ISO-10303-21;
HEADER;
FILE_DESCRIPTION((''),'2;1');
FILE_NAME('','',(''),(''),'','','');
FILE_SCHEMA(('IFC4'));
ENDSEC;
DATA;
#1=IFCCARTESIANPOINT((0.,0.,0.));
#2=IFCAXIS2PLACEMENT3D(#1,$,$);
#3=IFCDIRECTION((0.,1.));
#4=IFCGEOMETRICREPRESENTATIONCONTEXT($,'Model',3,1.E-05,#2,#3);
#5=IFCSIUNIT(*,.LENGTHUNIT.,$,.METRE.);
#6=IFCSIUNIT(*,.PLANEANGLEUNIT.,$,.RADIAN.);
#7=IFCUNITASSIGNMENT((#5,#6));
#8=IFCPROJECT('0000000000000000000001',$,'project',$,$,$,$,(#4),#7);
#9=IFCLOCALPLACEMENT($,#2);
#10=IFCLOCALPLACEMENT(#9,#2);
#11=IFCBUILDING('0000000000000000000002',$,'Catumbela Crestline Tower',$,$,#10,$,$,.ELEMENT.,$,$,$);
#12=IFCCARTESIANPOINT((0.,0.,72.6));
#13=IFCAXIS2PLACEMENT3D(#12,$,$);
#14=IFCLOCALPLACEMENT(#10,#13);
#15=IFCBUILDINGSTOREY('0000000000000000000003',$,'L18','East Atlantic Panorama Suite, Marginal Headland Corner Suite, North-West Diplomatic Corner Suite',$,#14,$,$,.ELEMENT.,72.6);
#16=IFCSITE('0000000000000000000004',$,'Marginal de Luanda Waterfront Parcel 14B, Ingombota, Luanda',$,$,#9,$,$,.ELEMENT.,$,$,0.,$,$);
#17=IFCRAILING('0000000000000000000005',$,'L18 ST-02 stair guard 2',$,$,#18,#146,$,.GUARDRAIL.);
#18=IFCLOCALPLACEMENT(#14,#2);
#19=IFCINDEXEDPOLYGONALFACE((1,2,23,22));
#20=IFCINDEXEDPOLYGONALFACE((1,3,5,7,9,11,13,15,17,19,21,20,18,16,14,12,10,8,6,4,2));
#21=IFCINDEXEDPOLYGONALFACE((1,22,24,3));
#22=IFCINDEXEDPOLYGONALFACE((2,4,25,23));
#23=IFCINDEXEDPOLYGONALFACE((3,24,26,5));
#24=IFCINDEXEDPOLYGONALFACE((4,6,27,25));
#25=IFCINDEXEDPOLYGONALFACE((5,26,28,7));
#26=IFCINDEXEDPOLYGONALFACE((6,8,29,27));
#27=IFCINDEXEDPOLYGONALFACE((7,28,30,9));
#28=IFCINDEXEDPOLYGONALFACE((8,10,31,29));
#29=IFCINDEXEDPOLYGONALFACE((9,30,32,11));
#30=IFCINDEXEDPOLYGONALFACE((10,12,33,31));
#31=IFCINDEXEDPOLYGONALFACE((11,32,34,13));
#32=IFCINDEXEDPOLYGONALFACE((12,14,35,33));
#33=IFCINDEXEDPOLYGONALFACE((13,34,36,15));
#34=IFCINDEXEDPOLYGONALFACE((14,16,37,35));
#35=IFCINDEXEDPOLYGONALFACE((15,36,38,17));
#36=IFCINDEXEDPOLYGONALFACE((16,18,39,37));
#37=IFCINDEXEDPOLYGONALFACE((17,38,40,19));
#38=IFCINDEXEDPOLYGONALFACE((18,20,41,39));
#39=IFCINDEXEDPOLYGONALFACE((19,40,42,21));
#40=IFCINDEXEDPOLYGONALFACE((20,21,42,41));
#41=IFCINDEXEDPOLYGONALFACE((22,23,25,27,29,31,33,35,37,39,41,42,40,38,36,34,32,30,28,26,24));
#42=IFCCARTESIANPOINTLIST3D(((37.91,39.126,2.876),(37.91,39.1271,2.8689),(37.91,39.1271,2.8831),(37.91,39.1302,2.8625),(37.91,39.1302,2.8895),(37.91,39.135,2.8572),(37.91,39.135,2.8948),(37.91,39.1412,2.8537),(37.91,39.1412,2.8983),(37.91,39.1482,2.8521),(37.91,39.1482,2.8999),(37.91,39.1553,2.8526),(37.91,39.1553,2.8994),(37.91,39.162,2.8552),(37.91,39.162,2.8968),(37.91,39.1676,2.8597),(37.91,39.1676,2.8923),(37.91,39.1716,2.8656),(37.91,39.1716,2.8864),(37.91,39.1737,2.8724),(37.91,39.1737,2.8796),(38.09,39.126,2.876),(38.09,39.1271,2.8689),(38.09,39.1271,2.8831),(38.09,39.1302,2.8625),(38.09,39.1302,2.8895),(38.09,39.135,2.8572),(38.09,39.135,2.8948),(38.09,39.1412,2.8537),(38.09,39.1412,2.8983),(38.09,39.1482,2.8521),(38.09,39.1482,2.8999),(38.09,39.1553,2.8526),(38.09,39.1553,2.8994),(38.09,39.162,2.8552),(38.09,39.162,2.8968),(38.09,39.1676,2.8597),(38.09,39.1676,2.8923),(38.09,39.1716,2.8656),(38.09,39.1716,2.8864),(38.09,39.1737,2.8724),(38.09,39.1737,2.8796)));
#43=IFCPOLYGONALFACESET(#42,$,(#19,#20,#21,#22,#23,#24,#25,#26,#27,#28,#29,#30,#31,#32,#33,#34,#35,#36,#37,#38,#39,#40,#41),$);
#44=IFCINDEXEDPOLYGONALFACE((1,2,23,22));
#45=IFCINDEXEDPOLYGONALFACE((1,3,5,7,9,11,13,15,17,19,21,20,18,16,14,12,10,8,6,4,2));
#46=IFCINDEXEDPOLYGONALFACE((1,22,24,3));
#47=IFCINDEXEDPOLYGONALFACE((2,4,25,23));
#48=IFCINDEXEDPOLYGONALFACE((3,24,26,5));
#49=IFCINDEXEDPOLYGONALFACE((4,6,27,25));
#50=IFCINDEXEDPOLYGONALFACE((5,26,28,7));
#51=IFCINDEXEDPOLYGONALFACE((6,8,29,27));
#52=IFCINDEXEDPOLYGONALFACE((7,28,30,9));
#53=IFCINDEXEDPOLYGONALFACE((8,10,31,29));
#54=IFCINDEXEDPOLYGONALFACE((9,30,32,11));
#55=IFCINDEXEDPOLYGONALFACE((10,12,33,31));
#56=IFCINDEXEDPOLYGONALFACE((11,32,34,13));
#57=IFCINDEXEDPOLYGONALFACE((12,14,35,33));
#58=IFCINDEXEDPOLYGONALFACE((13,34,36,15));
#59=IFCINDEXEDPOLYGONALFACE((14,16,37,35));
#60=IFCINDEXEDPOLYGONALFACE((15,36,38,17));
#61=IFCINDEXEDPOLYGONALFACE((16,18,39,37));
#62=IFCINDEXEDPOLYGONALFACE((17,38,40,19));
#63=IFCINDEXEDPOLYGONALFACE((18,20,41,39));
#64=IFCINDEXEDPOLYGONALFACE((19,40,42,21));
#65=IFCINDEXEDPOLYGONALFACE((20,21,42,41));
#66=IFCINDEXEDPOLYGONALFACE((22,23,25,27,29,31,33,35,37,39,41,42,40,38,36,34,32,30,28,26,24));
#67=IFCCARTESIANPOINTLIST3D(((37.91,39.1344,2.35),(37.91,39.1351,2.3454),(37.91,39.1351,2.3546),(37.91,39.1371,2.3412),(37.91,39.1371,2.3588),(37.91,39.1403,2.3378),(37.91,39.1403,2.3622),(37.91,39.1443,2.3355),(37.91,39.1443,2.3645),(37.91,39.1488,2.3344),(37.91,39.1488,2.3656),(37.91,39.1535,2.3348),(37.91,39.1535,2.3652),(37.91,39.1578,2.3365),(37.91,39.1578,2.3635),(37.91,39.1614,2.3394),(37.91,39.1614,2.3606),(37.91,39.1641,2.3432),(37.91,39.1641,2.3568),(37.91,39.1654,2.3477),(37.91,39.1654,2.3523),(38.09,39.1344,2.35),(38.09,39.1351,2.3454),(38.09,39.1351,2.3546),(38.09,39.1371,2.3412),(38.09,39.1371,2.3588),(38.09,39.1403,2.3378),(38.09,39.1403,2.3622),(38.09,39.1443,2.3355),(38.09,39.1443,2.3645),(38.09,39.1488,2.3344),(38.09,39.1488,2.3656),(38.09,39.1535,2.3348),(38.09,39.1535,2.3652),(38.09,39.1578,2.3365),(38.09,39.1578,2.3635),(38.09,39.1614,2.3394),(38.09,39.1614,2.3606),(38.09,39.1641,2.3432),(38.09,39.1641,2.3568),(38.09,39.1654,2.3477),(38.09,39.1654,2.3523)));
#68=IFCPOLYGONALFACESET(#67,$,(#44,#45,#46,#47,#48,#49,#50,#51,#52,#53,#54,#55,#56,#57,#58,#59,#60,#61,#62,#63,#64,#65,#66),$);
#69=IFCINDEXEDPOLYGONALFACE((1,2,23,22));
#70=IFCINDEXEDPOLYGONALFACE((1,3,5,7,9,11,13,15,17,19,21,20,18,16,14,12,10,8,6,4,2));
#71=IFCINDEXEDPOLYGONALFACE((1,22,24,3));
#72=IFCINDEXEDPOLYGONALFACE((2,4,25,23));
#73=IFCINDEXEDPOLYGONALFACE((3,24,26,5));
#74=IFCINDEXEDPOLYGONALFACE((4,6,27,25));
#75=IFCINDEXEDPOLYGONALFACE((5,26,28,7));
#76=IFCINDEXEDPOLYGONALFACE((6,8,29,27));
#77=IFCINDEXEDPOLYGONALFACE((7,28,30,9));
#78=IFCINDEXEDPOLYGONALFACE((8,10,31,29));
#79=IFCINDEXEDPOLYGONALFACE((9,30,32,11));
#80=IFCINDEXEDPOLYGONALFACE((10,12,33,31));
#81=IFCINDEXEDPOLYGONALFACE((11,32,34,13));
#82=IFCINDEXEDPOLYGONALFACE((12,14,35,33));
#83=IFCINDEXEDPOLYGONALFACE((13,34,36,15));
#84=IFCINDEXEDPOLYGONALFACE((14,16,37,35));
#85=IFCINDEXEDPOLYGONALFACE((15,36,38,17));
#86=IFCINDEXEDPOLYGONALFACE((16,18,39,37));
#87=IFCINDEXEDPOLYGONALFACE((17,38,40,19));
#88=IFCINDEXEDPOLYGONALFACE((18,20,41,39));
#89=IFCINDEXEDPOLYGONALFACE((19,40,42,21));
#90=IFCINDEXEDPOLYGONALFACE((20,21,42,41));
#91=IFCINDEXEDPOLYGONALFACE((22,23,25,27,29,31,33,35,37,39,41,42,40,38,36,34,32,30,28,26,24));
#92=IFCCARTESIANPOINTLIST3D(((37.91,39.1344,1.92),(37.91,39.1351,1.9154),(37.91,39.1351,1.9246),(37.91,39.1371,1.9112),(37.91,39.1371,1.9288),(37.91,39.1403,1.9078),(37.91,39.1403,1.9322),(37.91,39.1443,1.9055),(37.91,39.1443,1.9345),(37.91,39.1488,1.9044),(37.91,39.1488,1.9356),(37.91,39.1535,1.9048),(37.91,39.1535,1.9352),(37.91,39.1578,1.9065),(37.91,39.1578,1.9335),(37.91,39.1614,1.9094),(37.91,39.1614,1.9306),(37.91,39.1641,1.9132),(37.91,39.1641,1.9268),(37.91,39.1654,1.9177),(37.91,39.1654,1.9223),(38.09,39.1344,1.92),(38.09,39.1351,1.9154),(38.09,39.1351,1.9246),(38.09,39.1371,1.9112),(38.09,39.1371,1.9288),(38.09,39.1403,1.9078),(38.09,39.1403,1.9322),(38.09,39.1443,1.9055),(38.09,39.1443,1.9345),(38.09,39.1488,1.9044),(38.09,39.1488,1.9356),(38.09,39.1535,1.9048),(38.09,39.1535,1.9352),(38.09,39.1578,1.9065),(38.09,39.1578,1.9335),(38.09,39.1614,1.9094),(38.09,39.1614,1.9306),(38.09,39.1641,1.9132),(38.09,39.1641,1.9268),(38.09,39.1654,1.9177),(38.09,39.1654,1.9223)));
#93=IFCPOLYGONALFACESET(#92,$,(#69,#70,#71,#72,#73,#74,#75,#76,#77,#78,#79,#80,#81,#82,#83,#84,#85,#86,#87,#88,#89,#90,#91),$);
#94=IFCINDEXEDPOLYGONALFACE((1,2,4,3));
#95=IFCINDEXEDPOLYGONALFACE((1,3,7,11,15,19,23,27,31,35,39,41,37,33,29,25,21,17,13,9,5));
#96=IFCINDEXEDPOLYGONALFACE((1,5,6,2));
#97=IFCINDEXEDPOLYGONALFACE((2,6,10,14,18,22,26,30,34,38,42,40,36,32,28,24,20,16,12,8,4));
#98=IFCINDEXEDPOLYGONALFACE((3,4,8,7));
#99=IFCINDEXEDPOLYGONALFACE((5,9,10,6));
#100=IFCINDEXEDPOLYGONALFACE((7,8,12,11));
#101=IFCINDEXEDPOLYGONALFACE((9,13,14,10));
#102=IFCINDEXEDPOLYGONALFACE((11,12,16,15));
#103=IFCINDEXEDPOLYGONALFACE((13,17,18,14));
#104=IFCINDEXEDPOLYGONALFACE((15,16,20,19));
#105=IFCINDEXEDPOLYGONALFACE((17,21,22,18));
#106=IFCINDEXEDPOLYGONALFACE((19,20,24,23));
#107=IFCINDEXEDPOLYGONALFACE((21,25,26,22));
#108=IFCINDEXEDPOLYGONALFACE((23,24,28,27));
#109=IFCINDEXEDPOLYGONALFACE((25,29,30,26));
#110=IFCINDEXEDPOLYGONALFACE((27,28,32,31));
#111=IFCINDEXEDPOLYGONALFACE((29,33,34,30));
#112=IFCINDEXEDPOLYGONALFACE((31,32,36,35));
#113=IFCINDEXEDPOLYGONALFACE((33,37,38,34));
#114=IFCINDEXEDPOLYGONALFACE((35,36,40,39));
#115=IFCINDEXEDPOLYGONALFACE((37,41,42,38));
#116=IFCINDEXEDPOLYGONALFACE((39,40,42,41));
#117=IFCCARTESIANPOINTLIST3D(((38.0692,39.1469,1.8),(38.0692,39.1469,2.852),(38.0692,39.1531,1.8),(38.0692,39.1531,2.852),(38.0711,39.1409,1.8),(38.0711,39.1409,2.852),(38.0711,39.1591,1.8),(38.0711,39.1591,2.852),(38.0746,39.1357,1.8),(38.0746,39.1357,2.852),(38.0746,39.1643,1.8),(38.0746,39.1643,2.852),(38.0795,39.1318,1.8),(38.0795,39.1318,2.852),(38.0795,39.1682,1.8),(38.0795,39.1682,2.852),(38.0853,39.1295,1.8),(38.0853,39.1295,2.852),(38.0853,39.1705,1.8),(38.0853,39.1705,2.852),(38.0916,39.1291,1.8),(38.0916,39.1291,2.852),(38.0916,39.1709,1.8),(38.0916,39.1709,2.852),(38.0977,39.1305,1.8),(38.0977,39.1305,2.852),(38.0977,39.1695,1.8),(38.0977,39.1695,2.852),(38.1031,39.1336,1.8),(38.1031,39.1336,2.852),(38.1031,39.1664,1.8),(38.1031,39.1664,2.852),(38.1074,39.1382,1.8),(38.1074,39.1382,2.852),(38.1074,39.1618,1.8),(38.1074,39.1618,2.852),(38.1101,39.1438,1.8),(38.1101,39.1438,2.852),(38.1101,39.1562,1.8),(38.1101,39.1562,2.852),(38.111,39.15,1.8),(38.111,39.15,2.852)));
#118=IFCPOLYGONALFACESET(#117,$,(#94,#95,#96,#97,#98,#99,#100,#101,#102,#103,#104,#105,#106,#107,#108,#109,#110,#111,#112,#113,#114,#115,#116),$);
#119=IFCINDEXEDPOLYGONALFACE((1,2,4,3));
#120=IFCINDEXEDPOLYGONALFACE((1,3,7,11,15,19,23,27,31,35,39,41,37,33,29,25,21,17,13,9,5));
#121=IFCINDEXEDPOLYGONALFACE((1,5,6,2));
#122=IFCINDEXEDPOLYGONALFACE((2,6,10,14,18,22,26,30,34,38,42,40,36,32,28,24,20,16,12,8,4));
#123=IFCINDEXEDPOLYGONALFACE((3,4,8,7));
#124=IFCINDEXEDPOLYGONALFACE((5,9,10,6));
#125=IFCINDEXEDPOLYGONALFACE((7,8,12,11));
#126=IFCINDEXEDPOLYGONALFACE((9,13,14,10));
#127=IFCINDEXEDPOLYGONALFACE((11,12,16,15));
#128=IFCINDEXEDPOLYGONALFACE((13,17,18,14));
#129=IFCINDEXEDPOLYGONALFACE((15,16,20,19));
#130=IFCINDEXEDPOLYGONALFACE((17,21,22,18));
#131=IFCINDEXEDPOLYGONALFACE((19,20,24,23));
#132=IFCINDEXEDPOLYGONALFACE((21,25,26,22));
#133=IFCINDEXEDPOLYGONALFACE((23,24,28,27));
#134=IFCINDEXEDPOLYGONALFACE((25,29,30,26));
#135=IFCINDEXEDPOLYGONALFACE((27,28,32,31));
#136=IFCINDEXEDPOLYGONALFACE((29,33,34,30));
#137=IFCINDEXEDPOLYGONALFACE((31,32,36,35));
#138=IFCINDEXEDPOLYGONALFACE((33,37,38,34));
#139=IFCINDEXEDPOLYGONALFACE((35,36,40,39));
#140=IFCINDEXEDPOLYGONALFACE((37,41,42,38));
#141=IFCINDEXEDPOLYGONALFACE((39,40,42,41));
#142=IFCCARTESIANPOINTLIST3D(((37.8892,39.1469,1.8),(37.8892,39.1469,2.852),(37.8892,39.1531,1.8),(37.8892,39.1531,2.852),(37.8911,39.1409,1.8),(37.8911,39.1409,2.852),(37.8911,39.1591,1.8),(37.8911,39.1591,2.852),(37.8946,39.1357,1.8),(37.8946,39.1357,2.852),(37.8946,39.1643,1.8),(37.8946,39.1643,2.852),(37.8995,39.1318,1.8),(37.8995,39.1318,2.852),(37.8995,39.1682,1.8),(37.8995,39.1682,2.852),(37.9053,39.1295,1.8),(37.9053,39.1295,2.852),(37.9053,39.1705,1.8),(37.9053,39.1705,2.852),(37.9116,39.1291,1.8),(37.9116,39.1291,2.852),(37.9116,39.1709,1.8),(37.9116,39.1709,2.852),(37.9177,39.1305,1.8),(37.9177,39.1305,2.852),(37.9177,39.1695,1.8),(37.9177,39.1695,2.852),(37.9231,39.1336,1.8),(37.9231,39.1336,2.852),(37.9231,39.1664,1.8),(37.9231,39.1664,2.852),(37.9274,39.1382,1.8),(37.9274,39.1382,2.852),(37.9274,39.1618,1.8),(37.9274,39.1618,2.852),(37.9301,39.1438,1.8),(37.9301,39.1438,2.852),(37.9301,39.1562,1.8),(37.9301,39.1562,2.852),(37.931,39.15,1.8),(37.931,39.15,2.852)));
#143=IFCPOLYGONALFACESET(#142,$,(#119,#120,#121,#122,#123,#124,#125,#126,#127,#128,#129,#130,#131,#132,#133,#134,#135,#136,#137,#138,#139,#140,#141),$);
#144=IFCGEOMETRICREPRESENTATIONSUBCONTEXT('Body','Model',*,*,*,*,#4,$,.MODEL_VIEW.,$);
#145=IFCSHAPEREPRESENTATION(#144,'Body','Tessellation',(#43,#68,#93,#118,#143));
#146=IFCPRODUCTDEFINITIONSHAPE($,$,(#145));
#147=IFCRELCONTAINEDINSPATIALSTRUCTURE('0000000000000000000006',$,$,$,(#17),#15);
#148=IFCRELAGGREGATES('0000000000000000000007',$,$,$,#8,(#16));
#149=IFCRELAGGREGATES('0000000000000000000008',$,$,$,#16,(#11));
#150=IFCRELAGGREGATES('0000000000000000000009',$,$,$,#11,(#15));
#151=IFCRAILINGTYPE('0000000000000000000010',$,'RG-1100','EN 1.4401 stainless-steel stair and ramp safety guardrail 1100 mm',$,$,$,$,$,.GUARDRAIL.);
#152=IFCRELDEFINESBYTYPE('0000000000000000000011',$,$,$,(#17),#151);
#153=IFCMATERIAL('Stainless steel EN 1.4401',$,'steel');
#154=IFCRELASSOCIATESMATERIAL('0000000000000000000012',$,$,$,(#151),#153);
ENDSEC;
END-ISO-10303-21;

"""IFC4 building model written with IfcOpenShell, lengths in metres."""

from ifc_helpers import new_model, si_unit, direction, frame, origin, origin_2d, place, context, subcontext, project, spatial, circle, extrude, material, type_object, element, save


model = new_model("IFC4")

# Units and contexts
model_context = context("Model", 3, precision=1e-05, world=origin(), true_north=direction((0.0, 1.0)))
body_context = subcontext(model_context, "Body", "Model", "MODEL_VIEW")
ifc_project = project(units=[si_unit("LENGTHUNIT", "METRE"), si_unit("PLANEANGLEUNIT", "RADIAN")], contexts=[model_context])

# Site, building, storey
site_placement = place(None, origin())
site = spatial("IfcSite", under=ifc_project, at=site_placement, Name="Marginal de Luanda Waterfront Parcel 14B, Ingombota, Luanda", CompositionType="ELEMENT", RefElevation=0.0)
building_placement = place(site_placement, origin())
building = spatial("IfcBuilding", under=site, at=building_placement, Name="Catumbela Crestline Tower", CompositionType="ELEMENT")
storey_placement = place(building_placement, frame((0.0, 0.0, 72.6)))
storey = spatial("IfcBuildingStorey", under=building, at=storey_placement, Name="L18", Description="East Atlantic Panorama Suite, Marginal Headland Corner Suite, North-West Diplomatic Corner Suite", CompositionType="ELEMENT", Elevation=72.6)

# Shared definitions
ifc_material_1 = material(Name="Stainless steel EN 1.4401", Category="steel")

# Railing
railing_type_1 = type_object("IfcRailingType", Name="RG-1100", Description="EN 1.4401 stainless-steel stair and ramp safety guardrail 1100 mm", PredefinedType="GUARDRAIL", material=ifc_material_1)
railing_1_placement = place(storey_placement, frame((38.09, 39.15, 1.8)))
element("IfcRailing", 1, at=railing_1_placement, inside=storey, type_object=railing_type_1, Name="L18 ST-02 stair guard 2", PredefinedType="GUARDRAIL", context=body_context, shape_type="SweptSolid", body=[
    extrude(circle(Radius=0.024, at=origin_2d()), frame((0.0, 0.0, 1.076), z_axis=(-1.0, 0.0, 0.0), x_axis=(0.0, -1.0, 0.0)), (0.0, 0.0, 1.0), 0.18),
    extrude(circle(Radius=0.0156, at=origin_2d()), frame((0.0, 0.0, 0.55), z_axis=(-1.0, 0.0, 0.0), x_axis=(0.0, -1.0, 0.0)), (0.0, 0.0, 1.0), 0.18),
    extrude(circle(Radius=0.0156, at=origin_2d()), frame((0.0, 0.0, 0.12), z_axis=(-1.0, 0.0, 0.0), x_axis=(0.0, -1.0, 0.0)), (0.0, 0.0, 1.0), 0.18),
    extrude(circle(Radius=0.021, at=origin_2d()), origin(), (0.0, 0.0, 1.0), 1.052),
    extrude(circle(Radius=0.021, at=origin_2d()), frame((-0.18, 0.0, 0.0)), (0.0, 0.0, 1.0), 1.052),
])

save(model, "model.ifc")
